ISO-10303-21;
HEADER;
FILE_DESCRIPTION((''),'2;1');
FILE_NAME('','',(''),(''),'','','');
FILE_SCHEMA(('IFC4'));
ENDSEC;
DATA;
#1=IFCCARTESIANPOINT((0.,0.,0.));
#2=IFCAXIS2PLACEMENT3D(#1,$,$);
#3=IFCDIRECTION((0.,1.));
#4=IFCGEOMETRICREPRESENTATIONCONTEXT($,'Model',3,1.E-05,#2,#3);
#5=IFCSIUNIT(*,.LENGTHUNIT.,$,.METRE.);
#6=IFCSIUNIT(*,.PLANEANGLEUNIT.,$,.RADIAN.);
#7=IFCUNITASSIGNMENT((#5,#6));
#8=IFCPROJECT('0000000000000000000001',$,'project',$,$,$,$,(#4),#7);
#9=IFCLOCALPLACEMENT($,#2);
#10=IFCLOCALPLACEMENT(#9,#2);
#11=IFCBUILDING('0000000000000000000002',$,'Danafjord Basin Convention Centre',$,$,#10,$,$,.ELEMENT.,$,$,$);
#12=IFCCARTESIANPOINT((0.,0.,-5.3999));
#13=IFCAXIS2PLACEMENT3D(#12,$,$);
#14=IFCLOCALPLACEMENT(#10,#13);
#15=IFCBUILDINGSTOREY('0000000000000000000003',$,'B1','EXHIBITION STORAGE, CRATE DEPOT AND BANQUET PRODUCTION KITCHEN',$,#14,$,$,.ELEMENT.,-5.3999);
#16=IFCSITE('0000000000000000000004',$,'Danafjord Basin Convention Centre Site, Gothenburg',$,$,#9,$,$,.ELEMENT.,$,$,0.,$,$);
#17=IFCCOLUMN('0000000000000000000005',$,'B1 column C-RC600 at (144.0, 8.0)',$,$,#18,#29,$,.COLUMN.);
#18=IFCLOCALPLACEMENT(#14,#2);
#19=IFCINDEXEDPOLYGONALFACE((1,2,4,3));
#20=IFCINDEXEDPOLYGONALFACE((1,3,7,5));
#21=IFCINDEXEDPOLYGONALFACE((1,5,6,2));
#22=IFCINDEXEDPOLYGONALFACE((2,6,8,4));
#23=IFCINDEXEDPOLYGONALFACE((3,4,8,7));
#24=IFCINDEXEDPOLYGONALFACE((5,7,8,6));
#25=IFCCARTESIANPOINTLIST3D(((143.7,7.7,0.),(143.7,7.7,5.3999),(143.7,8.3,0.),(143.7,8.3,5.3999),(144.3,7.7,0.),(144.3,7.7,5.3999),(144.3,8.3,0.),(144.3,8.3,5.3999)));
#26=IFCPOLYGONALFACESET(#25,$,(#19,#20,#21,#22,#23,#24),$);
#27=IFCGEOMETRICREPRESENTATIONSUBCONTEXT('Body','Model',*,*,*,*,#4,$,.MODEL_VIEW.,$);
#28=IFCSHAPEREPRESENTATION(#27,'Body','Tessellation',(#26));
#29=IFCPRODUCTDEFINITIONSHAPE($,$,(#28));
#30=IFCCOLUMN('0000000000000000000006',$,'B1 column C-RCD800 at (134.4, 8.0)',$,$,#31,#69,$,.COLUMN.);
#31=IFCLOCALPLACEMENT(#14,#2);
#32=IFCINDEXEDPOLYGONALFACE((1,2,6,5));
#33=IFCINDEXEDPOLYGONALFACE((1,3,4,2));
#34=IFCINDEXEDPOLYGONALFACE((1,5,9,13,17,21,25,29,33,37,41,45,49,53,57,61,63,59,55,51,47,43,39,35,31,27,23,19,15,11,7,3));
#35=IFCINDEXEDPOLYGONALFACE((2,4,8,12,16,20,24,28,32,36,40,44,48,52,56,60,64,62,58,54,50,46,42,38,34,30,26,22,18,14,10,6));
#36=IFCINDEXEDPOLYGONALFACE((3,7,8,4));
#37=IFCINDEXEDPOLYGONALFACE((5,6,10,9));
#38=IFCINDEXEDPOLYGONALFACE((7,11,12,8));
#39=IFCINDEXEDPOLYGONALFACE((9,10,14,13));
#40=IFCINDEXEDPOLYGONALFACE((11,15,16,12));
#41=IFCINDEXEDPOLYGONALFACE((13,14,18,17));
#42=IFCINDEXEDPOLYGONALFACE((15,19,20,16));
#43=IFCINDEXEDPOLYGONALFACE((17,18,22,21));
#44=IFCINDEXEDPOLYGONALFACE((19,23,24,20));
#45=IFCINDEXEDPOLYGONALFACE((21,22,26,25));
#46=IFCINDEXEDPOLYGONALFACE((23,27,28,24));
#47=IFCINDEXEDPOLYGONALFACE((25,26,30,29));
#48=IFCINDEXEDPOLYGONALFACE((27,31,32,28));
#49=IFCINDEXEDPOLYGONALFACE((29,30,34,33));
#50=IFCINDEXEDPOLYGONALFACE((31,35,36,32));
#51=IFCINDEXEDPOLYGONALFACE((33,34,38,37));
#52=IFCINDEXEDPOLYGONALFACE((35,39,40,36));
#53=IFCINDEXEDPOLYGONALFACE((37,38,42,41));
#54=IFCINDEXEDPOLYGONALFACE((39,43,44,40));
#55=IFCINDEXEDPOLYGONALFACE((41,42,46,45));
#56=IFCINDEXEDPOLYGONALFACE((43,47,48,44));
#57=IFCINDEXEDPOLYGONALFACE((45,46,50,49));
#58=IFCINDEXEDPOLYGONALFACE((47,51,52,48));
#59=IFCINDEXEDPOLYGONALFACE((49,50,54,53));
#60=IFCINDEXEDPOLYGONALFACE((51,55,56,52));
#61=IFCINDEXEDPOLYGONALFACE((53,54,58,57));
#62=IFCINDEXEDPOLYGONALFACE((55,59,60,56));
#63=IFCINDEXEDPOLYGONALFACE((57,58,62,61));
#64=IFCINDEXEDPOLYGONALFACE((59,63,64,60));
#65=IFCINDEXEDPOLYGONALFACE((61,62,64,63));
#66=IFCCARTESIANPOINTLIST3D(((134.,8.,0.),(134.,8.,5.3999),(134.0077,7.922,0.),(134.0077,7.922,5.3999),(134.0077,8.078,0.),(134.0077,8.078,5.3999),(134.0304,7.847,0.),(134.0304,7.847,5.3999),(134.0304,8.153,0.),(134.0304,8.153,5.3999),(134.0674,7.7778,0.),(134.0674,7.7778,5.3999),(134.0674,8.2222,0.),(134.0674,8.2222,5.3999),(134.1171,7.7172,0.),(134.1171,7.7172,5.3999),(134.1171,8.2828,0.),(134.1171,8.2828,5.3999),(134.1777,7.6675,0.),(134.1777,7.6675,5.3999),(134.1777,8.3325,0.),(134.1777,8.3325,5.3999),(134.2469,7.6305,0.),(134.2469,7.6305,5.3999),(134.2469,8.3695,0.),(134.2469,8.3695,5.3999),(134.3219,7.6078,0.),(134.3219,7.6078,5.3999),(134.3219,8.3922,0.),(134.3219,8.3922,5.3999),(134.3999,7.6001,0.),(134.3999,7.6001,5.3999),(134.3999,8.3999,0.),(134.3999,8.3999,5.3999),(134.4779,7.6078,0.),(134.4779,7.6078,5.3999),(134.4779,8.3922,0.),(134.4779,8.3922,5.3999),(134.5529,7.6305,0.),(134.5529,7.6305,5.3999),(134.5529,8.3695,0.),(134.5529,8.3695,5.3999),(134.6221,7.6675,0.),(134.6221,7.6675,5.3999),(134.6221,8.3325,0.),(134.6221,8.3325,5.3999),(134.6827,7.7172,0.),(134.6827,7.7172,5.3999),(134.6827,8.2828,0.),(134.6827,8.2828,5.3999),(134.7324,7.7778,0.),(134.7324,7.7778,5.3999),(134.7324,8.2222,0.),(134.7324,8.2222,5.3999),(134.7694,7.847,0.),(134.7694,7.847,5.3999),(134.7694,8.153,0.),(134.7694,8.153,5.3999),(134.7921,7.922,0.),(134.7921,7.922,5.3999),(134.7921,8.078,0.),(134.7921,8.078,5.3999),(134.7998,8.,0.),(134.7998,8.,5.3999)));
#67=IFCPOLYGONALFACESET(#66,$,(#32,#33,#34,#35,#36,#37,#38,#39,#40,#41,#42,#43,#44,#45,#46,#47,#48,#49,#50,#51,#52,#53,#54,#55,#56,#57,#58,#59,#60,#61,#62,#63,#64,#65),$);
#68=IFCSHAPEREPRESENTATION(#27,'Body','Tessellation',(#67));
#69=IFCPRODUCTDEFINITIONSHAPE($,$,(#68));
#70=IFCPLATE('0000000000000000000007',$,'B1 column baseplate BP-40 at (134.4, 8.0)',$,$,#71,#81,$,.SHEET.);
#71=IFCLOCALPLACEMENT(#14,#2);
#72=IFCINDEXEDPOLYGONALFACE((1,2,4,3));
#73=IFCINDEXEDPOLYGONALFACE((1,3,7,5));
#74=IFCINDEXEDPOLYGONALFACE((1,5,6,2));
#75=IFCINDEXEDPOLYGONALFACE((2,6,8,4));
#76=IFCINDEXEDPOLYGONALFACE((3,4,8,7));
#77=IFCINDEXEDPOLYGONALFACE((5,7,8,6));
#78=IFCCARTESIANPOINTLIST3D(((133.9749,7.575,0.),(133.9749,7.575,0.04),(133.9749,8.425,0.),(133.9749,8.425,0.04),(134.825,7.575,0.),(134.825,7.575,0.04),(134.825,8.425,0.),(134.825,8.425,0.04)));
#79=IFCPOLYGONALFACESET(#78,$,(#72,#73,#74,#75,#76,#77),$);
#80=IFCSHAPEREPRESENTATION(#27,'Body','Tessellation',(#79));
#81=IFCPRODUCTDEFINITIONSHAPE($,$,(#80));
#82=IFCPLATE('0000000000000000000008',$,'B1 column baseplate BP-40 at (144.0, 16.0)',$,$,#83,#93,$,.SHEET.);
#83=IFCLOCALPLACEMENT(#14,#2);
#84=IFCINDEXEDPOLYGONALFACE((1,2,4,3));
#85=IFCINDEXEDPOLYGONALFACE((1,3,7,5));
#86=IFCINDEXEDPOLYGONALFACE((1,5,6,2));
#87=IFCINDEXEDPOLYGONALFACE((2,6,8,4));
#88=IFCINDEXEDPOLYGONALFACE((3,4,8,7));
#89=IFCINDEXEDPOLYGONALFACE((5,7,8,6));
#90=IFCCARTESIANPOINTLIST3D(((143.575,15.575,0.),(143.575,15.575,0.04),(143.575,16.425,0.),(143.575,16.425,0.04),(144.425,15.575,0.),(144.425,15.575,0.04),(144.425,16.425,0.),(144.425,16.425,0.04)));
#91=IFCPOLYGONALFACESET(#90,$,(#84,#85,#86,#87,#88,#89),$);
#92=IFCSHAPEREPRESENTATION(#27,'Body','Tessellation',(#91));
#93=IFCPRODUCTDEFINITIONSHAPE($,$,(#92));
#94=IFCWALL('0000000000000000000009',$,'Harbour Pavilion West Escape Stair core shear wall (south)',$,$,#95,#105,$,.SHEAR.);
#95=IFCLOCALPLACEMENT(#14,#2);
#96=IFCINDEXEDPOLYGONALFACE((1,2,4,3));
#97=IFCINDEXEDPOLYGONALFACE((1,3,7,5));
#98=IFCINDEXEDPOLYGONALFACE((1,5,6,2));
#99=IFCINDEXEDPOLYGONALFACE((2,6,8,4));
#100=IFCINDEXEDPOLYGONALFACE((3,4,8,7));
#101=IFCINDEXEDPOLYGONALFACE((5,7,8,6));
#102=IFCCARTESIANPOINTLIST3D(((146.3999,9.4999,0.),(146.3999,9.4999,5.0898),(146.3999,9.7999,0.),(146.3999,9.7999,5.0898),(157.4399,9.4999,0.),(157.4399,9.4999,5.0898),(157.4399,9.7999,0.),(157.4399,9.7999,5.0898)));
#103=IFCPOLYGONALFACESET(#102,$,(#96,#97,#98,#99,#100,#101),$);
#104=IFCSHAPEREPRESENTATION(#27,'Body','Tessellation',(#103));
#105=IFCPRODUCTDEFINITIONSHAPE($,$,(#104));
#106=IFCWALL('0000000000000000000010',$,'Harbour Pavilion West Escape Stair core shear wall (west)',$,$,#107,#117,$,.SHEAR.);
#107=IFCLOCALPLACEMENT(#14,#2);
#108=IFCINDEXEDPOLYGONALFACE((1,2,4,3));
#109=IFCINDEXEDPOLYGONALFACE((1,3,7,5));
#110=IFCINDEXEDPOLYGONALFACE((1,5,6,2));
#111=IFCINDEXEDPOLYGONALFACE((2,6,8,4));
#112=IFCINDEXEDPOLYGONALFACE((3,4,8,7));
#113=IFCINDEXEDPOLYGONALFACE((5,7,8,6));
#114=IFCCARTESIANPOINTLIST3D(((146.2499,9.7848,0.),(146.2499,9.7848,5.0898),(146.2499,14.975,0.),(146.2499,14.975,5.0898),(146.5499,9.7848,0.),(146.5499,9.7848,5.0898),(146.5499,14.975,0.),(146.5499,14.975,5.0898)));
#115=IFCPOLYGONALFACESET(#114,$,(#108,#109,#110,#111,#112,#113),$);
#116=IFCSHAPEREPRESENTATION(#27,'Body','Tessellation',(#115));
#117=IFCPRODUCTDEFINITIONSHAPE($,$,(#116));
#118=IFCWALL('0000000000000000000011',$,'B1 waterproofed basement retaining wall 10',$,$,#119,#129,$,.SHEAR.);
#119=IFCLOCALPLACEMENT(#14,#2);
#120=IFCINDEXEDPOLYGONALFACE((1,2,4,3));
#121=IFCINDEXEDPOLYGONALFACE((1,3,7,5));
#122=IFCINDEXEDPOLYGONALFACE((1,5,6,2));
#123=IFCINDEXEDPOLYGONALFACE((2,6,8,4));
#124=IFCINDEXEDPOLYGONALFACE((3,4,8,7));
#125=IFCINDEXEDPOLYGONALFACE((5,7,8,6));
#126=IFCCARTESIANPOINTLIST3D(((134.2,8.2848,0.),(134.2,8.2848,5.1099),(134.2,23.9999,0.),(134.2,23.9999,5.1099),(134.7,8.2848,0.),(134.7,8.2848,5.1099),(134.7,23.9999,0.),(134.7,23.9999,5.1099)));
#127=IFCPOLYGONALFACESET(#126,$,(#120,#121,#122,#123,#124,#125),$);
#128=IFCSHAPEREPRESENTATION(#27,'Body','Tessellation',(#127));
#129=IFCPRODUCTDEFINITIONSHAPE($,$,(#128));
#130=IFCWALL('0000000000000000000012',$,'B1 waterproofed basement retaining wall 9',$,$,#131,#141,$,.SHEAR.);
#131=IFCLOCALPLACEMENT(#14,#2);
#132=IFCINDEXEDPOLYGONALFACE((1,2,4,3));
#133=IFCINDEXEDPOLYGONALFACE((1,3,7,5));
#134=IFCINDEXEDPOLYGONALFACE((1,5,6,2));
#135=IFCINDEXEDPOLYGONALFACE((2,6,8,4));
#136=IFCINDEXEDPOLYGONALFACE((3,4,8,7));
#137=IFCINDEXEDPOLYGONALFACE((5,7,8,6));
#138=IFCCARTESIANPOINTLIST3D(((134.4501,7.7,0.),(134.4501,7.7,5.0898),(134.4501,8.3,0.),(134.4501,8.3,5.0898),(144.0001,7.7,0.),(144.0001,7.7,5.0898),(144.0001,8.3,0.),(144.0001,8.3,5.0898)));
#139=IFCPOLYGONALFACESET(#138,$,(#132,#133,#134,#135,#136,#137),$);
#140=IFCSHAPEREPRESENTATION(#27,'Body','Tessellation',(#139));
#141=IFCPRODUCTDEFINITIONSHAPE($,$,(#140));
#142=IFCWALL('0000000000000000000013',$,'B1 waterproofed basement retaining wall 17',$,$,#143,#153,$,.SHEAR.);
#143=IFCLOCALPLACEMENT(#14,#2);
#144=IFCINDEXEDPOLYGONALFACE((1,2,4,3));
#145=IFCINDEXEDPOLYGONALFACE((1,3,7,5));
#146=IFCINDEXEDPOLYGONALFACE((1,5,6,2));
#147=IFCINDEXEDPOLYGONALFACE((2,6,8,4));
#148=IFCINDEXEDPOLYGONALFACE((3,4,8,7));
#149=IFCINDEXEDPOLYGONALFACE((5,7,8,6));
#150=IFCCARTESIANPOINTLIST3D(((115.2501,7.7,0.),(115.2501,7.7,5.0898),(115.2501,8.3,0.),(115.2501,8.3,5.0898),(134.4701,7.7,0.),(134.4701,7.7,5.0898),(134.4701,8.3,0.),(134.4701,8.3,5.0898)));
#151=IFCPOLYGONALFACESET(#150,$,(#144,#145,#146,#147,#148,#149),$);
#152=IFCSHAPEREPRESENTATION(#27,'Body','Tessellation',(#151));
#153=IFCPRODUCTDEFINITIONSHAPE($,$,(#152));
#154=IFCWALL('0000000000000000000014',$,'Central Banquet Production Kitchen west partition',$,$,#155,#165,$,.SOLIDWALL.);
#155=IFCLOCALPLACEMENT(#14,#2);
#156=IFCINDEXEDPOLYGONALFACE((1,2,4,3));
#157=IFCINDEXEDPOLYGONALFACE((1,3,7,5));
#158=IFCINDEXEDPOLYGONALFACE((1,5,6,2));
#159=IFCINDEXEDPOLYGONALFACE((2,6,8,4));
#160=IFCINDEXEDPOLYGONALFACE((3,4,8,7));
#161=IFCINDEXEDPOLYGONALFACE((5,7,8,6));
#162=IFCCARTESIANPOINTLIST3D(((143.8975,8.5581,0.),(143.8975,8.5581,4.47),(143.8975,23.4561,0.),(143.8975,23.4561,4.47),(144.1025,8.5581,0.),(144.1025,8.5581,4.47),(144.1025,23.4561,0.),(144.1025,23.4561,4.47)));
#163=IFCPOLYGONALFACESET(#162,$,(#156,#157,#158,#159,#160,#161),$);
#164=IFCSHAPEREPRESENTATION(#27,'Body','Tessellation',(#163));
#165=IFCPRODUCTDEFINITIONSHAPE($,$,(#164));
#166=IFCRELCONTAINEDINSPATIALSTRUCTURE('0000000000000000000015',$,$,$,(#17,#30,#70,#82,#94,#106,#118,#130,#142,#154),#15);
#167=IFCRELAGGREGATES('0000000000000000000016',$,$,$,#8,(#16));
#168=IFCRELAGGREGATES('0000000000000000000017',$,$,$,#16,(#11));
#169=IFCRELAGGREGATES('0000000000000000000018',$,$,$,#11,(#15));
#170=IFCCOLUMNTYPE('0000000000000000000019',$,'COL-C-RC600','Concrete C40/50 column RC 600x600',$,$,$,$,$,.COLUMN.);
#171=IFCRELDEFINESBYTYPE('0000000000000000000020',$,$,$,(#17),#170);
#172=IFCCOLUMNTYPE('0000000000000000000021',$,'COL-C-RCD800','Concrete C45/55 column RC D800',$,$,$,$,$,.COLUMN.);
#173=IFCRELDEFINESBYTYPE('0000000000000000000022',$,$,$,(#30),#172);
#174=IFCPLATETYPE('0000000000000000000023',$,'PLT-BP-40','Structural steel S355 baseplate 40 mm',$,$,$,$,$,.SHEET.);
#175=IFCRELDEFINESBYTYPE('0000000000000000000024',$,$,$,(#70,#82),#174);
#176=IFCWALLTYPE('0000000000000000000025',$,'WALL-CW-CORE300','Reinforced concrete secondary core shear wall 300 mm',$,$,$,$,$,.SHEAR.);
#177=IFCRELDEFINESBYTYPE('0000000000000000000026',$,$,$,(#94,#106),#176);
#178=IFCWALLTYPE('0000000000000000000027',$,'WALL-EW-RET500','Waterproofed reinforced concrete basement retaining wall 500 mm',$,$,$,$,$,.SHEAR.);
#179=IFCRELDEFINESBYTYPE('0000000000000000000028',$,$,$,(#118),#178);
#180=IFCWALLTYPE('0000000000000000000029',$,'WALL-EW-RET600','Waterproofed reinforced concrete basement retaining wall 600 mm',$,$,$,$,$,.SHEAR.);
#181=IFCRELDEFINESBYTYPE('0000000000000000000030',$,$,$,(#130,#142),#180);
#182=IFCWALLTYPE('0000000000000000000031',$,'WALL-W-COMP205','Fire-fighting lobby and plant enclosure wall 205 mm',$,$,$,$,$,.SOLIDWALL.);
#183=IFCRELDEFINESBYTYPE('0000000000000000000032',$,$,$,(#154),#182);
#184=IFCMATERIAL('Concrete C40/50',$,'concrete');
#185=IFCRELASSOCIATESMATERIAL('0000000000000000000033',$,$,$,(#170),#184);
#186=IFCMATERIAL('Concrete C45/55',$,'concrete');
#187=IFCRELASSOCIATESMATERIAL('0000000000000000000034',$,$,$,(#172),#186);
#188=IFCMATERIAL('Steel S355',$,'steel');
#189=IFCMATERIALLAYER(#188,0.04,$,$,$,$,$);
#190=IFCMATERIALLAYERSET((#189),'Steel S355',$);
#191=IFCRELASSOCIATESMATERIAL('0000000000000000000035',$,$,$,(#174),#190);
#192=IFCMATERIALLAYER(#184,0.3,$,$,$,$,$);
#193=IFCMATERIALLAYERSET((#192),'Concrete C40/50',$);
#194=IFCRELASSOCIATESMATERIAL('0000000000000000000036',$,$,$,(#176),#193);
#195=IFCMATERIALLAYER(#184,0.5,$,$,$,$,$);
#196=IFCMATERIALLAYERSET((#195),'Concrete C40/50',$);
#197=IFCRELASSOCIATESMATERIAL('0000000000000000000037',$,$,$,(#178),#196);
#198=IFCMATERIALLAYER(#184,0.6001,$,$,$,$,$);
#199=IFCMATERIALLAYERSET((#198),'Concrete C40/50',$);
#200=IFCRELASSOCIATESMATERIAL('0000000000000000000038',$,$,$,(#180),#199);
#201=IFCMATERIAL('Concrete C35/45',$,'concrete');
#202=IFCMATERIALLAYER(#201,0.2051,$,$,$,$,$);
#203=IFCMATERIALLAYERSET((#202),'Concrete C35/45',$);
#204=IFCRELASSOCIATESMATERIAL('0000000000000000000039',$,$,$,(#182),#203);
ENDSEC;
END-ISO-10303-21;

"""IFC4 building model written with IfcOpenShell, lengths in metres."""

from ifc_helpers import new_model, si_unit, direction, frame, frame_2d, origin, origin_2d, place, context, subcontext, project, spatial, rectangle, circle, extrude, material, layer, layer_set, material_profile, profile_set, type_object, element, save


model = new_model("IFC4")

# Units and contexts
model_context = context("Model", 3, precision=1e-05, world=origin(), true_north=direction((0.0, 1.0)))
body_context = subcontext(model_context, "Body", "Model", "MODEL_VIEW")
ifc_project = project(units=[si_unit("LENGTHUNIT", "METRE"), si_unit("PLANEANGLEUNIT", "RADIAN")], contexts=[model_context])

# Site, building, storey
site_placement = place(None, origin())
site = spatial("IfcSite", under=ifc_project, at=site_placement, Name="Danafjord Basin Convention Centre Site, Gothenburg", CompositionType="ELEMENT", RefElevation=0.0)
building_placement = place(site_placement, origin())
building = spatial("IfcBuilding", under=site, at=building_placement, Name="Danafjord Basin Convention Centre", CompositionType="ELEMENT")
storey_placement = place(building_placement, frame((0.0, 0.0, -5.3999)))
storey = spatial("IfcBuildingStorey", under=building, at=storey_placement, Name="B1", Description="EXHIBITION STORAGE, CRATE DEPOT AND BANQUET PRODUCTION KITCHEN", CompositionType="ELEMENT", Elevation=-5.3999)

# Shared definitions
ifc_material_1 = material(Name="Concrete C40/50", Category="concrete")
ifc_material_2 = material(Name="Concrete C35/45", Category="concrete")

# Columns
ifc_material_3 = material(Name="Concrete C45/55", Category="concrete")
ifc_material_profile_1 = material_profile(ifc_material_1, rectangle(XDim=0.6001, YDim=0.6001, at=origin_2d()), Name="RC 600x600")
ifc_profile_set_1 = profile_set([ifc_material_profile_1], Name="Concrete C40/50")
column_type_1 = type_object("IfcColumnType", Name="COL-C-RC600", Description="Concrete C40/50 column RC 600x600", PredefinedType="COLUMN", material=ifc_profile_set_1)
column_1_placement = place(storey_placement, frame((144.0, 8.0, 0.0), z_axis=(0.0, 0.0, 1.0), x_axis=(1.0, 0.0, 0.0)))
element("IfcColumn", 1, at=column_1_placement, inside=storey, type_object=column_type_1, Name="B1 column C-RC600 at (144.0, 8.0)", PredefinedType="COLUMN", context=body_context, shape_type="SweptSolid", body=[
    extrude(rectangle(XDim=0.6001, YDim=0.6001, at=origin_2d()), origin(), (0.0, 0.0, 1.0), 5.3999),
])
ifc_material_profile_2 = material_profile(ifc_material_3, circle(Radius=0.3999, at=origin_2d()), Name="RC D800")
ifc_profile_set_2 = profile_set([ifc_material_profile_2], Name="Concrete C45/55")
column_type_2 = type_object("IfcColumnType", Name="COL-C-RCD800", Description="Concrete C45/55 column RC D800", PredefinedType="COLUMN", material=ifc_profile_set_2)
column_2_placement = place(storey_placement, frame((134.3999, 8.0, 0.0), z_axis=(0.0, 0.0, 1.0), x_axis=(1.0, 0.0, 0.0)))
element("IfcColumn", 2, at=column_2_placement, inside=storey, type_object=column_type_2, Name="B1 column C-RCD800 at (134.4, 8.0)", PredefinedType="COLUMN", context=body_context, shape_type="SweptSolid", body=[
    extrude(circle(Radius=0.3999, at=origin_2d()), origin(), (0.0, 0.0, 1.0), 5.3999),
])

# Plates
ifc_material_4 = material(Name="Steel S355", Category="steel")
ifc_layer_1 = layer(ifc_material_4, 0.04)
ifc_layer_set_1 = layer_set([ifc_layer_1], Name="Steel S355")
plate_type = type_object("IfcPlateType", Name="PLT-BP-40", Description="Structural steel S355 baseplate 40 mm", PredefinedType="SHEET", material=ifc_layer_set_1)
for number, where, z_axis, x_axis, name in (
    (3, (134.3999, 8.0, 0.0), (0.0, 0.0, 1.0), (1.0, 0.0, 0.0), "B1 column baseplate BP-40 at (134.4, 8.0)"),
    (4, (144.0, 16.0, 0.0), (0.0, 0.0, 1.0), (1.0, 0.0, 0.0), "B1 column baseplate BP-40 at (144.0, 16.0)"),
):
    element("IfcPlate", number, at=place(storey_placement, frame(where, z_axis=z_axis, x_axis=x_axis)), inside=storey, type_object=plate_type, Name=name, PredefinedType="SHEET", context=body_context, shape_type="SweptSolid", body=[
        extrude(rectangle(XDim=0.8501, YDim=0.8501, at=origin_2d()), origin(), (0.0, 0.0, 1.0), 0.04),
    ])

# Walls
ifc_layer_2 = layer(ifc_material_1, 0.3)
ifc_layer_set_2 = layer_set([ifc_layer_2], Name="Concrete C40/50")
wall_type_1 = type_object("IfcWallType", Name="WALL-CW-CORE300", Description="Reinforced concrete secondary core shear wall 300 mm", PredefinedType="SHEAR", material=ifc_layer_set_2)
wall_1_placement = place(storey_placement, frame((146.3999, 9.6499, 0.0), z_axis=(0.0, 0.0, 1.0), x_axis=(1.0, 0.0, 0.0)))
element("IfcWall", 5, at=wall_1_placement, inside=storey, type_object=wall_type_1, Name="Harbour Pavilion West Escape Stair core shear wall (south)", PredefinedType="SHEAR", context=body_context, shape_type="SweptSolid", body=[
    extrude(rectangle(XDim=11.04, YDim=0.3, at=frame_2d((5.52, 0.0))), origin(), (0.0, 0.0, 1.0), 5.0898),
])
wall_2_placement = place(storey_placement, frame((146.3999, 14.9751, 0.0), z_axis=(0.0, 0.0, 1.0), x_axis=(0.0, -1.0, 0.0)))
element("IfcWall", 6, at=wall_2_placement, inside=storey, type_object=wall_type_1, Name="Harbour Pavilion West Escape Stair core shear wall (west)", PredefinedType="SHEAR", context=body_context, shape_type="SweptSolid", body=[
    extrude(rectangle(XDim=5.1902, YDim=0.3, at=frame_2d((2.5952, 0.0))), origin(), (0.0, 0.0, 1.0), 5.0898),
])
ifc_layer_3 = layer(ifc_material_1, 0.5)
ifc_layer_set_3 = layer_set([ifc_layer_3], Name="Concrete C40/50")
wall_type_2 = type_object("IfcWallType", Name="WALL-EW-RET500", Description="Waterproofed reinforced concrete basement retaining wall 500 mm", PredefinedType="SHEAR", material=ifc_layer_set_3)
wall_3_placement = place(storey_placement, frame((134.45, 8.2849, 0.0), z_axis=(0.0, 0.0, 1.0), x_axis=(0.0, 1.0, 0.0)))
element("IfcWall", 7, at=wall_3_placement, inside=storey, type_object=wall_type_2, Name="B1 waterproofed basement retaining wall 10", PredefinedType="SHEAR", context=body_context, shape_type="SweptSolid", body=[
    extrude(rectangle(XDim=15.7151, YDim=0.5, at=frame_2d((7.8574, 0.0))), origin(), (0.0, 0.0, 1.0), 5.1099),
])
ifc_layer_4 = layer(ifc_material_1, 0.6001)
ifc_layer_set_4 = layer_set([ifc_layer_4], Name="Concrete C40/50")
wall_type_3 = type_object("IfcWallType", Name="WALL-EW-RET600", Description="Waterproofed reinforced concrete basement retaining wall 600 mm", PredefinedType="SHEAR", material=ifc_layer_set_4)
wall_4_placement = place(storey_placement, frame((144.0, 8.0, 0.0), z_axis=(0.0, 0.0, 1.0), x_axis=(-1.0, 0.0, 0.0)))
element("IfcWall", 8, at=wall_4_placement, inside=storey, type_object=wall_type_3, Name="B1 waterproofed basement retaining wall 9", PredefinedType="SHEAR", context=body_context, shape_type="SweptSolid", body=[
    extrude(rectangle(XDim=9.55, YDim=0.6001, at=frame_2d((4.7749, 0.0))), origin(), (0.0, 0.0, 1.0), 5.0898),
])
wall_5_placement = place(storey_placement, frame((134.47, 8.0, 0.0), z_axis=(0.0, 0.0, 1.0), x_axis=(-1.0, 0.0, 0.0)))
element("IfcWall", 9, at=wall_5_placement, inside=storey, type_object=wall_type_3, Name="B1 waterproofed basement retaining wall 17", PredefinedType="SHEAR", context=body_context, shape_type="SweptSolid", body=[
    extrude(rectangle(XDim=19.22, YDim=0.6001, at=frame_2d((9.6099, 0.0))), origin(), (0.0, 0.0, 1.0), 5.0898),
])
ifc_layer_5 = layer(ifc_material_2, 0.2051)
ifc_layer_set_5 = layer_set([ifc_layer_5], Name="Concrete C35/45")
wall_type_4 = type_object("IfcWallType", Name="WALL-W-COMP205", Description="Fire-fighting lobby and plant enclosure wall 205 mm", PredefinedType="SOLIDWALL", material=ifc_layer_set_5)
wall_6_placement = place(storey_placement, frame((144.0, 23.4561, 0.0), z_axis=(0.0, 0.0, 1.0), x_axis=(0.0, -1.0, 0.0)))
element("IfcWall", 10, at=wall_6_placement, inside=storey, type_object=wall_type_4, Name="Central Banquet Production Kitchen west partition", PredefinedType="SOLIDWALL", context=body_context, shape_type="SweptSolid", body=[
    extrude(rectangle(XDim=14.8979, YDim=0.2051, at=frame_2d((7.449, 0.0))), origin(), (0.0, 0.0, 1.0), 4.47),
])

save(model, "model.ifc")
